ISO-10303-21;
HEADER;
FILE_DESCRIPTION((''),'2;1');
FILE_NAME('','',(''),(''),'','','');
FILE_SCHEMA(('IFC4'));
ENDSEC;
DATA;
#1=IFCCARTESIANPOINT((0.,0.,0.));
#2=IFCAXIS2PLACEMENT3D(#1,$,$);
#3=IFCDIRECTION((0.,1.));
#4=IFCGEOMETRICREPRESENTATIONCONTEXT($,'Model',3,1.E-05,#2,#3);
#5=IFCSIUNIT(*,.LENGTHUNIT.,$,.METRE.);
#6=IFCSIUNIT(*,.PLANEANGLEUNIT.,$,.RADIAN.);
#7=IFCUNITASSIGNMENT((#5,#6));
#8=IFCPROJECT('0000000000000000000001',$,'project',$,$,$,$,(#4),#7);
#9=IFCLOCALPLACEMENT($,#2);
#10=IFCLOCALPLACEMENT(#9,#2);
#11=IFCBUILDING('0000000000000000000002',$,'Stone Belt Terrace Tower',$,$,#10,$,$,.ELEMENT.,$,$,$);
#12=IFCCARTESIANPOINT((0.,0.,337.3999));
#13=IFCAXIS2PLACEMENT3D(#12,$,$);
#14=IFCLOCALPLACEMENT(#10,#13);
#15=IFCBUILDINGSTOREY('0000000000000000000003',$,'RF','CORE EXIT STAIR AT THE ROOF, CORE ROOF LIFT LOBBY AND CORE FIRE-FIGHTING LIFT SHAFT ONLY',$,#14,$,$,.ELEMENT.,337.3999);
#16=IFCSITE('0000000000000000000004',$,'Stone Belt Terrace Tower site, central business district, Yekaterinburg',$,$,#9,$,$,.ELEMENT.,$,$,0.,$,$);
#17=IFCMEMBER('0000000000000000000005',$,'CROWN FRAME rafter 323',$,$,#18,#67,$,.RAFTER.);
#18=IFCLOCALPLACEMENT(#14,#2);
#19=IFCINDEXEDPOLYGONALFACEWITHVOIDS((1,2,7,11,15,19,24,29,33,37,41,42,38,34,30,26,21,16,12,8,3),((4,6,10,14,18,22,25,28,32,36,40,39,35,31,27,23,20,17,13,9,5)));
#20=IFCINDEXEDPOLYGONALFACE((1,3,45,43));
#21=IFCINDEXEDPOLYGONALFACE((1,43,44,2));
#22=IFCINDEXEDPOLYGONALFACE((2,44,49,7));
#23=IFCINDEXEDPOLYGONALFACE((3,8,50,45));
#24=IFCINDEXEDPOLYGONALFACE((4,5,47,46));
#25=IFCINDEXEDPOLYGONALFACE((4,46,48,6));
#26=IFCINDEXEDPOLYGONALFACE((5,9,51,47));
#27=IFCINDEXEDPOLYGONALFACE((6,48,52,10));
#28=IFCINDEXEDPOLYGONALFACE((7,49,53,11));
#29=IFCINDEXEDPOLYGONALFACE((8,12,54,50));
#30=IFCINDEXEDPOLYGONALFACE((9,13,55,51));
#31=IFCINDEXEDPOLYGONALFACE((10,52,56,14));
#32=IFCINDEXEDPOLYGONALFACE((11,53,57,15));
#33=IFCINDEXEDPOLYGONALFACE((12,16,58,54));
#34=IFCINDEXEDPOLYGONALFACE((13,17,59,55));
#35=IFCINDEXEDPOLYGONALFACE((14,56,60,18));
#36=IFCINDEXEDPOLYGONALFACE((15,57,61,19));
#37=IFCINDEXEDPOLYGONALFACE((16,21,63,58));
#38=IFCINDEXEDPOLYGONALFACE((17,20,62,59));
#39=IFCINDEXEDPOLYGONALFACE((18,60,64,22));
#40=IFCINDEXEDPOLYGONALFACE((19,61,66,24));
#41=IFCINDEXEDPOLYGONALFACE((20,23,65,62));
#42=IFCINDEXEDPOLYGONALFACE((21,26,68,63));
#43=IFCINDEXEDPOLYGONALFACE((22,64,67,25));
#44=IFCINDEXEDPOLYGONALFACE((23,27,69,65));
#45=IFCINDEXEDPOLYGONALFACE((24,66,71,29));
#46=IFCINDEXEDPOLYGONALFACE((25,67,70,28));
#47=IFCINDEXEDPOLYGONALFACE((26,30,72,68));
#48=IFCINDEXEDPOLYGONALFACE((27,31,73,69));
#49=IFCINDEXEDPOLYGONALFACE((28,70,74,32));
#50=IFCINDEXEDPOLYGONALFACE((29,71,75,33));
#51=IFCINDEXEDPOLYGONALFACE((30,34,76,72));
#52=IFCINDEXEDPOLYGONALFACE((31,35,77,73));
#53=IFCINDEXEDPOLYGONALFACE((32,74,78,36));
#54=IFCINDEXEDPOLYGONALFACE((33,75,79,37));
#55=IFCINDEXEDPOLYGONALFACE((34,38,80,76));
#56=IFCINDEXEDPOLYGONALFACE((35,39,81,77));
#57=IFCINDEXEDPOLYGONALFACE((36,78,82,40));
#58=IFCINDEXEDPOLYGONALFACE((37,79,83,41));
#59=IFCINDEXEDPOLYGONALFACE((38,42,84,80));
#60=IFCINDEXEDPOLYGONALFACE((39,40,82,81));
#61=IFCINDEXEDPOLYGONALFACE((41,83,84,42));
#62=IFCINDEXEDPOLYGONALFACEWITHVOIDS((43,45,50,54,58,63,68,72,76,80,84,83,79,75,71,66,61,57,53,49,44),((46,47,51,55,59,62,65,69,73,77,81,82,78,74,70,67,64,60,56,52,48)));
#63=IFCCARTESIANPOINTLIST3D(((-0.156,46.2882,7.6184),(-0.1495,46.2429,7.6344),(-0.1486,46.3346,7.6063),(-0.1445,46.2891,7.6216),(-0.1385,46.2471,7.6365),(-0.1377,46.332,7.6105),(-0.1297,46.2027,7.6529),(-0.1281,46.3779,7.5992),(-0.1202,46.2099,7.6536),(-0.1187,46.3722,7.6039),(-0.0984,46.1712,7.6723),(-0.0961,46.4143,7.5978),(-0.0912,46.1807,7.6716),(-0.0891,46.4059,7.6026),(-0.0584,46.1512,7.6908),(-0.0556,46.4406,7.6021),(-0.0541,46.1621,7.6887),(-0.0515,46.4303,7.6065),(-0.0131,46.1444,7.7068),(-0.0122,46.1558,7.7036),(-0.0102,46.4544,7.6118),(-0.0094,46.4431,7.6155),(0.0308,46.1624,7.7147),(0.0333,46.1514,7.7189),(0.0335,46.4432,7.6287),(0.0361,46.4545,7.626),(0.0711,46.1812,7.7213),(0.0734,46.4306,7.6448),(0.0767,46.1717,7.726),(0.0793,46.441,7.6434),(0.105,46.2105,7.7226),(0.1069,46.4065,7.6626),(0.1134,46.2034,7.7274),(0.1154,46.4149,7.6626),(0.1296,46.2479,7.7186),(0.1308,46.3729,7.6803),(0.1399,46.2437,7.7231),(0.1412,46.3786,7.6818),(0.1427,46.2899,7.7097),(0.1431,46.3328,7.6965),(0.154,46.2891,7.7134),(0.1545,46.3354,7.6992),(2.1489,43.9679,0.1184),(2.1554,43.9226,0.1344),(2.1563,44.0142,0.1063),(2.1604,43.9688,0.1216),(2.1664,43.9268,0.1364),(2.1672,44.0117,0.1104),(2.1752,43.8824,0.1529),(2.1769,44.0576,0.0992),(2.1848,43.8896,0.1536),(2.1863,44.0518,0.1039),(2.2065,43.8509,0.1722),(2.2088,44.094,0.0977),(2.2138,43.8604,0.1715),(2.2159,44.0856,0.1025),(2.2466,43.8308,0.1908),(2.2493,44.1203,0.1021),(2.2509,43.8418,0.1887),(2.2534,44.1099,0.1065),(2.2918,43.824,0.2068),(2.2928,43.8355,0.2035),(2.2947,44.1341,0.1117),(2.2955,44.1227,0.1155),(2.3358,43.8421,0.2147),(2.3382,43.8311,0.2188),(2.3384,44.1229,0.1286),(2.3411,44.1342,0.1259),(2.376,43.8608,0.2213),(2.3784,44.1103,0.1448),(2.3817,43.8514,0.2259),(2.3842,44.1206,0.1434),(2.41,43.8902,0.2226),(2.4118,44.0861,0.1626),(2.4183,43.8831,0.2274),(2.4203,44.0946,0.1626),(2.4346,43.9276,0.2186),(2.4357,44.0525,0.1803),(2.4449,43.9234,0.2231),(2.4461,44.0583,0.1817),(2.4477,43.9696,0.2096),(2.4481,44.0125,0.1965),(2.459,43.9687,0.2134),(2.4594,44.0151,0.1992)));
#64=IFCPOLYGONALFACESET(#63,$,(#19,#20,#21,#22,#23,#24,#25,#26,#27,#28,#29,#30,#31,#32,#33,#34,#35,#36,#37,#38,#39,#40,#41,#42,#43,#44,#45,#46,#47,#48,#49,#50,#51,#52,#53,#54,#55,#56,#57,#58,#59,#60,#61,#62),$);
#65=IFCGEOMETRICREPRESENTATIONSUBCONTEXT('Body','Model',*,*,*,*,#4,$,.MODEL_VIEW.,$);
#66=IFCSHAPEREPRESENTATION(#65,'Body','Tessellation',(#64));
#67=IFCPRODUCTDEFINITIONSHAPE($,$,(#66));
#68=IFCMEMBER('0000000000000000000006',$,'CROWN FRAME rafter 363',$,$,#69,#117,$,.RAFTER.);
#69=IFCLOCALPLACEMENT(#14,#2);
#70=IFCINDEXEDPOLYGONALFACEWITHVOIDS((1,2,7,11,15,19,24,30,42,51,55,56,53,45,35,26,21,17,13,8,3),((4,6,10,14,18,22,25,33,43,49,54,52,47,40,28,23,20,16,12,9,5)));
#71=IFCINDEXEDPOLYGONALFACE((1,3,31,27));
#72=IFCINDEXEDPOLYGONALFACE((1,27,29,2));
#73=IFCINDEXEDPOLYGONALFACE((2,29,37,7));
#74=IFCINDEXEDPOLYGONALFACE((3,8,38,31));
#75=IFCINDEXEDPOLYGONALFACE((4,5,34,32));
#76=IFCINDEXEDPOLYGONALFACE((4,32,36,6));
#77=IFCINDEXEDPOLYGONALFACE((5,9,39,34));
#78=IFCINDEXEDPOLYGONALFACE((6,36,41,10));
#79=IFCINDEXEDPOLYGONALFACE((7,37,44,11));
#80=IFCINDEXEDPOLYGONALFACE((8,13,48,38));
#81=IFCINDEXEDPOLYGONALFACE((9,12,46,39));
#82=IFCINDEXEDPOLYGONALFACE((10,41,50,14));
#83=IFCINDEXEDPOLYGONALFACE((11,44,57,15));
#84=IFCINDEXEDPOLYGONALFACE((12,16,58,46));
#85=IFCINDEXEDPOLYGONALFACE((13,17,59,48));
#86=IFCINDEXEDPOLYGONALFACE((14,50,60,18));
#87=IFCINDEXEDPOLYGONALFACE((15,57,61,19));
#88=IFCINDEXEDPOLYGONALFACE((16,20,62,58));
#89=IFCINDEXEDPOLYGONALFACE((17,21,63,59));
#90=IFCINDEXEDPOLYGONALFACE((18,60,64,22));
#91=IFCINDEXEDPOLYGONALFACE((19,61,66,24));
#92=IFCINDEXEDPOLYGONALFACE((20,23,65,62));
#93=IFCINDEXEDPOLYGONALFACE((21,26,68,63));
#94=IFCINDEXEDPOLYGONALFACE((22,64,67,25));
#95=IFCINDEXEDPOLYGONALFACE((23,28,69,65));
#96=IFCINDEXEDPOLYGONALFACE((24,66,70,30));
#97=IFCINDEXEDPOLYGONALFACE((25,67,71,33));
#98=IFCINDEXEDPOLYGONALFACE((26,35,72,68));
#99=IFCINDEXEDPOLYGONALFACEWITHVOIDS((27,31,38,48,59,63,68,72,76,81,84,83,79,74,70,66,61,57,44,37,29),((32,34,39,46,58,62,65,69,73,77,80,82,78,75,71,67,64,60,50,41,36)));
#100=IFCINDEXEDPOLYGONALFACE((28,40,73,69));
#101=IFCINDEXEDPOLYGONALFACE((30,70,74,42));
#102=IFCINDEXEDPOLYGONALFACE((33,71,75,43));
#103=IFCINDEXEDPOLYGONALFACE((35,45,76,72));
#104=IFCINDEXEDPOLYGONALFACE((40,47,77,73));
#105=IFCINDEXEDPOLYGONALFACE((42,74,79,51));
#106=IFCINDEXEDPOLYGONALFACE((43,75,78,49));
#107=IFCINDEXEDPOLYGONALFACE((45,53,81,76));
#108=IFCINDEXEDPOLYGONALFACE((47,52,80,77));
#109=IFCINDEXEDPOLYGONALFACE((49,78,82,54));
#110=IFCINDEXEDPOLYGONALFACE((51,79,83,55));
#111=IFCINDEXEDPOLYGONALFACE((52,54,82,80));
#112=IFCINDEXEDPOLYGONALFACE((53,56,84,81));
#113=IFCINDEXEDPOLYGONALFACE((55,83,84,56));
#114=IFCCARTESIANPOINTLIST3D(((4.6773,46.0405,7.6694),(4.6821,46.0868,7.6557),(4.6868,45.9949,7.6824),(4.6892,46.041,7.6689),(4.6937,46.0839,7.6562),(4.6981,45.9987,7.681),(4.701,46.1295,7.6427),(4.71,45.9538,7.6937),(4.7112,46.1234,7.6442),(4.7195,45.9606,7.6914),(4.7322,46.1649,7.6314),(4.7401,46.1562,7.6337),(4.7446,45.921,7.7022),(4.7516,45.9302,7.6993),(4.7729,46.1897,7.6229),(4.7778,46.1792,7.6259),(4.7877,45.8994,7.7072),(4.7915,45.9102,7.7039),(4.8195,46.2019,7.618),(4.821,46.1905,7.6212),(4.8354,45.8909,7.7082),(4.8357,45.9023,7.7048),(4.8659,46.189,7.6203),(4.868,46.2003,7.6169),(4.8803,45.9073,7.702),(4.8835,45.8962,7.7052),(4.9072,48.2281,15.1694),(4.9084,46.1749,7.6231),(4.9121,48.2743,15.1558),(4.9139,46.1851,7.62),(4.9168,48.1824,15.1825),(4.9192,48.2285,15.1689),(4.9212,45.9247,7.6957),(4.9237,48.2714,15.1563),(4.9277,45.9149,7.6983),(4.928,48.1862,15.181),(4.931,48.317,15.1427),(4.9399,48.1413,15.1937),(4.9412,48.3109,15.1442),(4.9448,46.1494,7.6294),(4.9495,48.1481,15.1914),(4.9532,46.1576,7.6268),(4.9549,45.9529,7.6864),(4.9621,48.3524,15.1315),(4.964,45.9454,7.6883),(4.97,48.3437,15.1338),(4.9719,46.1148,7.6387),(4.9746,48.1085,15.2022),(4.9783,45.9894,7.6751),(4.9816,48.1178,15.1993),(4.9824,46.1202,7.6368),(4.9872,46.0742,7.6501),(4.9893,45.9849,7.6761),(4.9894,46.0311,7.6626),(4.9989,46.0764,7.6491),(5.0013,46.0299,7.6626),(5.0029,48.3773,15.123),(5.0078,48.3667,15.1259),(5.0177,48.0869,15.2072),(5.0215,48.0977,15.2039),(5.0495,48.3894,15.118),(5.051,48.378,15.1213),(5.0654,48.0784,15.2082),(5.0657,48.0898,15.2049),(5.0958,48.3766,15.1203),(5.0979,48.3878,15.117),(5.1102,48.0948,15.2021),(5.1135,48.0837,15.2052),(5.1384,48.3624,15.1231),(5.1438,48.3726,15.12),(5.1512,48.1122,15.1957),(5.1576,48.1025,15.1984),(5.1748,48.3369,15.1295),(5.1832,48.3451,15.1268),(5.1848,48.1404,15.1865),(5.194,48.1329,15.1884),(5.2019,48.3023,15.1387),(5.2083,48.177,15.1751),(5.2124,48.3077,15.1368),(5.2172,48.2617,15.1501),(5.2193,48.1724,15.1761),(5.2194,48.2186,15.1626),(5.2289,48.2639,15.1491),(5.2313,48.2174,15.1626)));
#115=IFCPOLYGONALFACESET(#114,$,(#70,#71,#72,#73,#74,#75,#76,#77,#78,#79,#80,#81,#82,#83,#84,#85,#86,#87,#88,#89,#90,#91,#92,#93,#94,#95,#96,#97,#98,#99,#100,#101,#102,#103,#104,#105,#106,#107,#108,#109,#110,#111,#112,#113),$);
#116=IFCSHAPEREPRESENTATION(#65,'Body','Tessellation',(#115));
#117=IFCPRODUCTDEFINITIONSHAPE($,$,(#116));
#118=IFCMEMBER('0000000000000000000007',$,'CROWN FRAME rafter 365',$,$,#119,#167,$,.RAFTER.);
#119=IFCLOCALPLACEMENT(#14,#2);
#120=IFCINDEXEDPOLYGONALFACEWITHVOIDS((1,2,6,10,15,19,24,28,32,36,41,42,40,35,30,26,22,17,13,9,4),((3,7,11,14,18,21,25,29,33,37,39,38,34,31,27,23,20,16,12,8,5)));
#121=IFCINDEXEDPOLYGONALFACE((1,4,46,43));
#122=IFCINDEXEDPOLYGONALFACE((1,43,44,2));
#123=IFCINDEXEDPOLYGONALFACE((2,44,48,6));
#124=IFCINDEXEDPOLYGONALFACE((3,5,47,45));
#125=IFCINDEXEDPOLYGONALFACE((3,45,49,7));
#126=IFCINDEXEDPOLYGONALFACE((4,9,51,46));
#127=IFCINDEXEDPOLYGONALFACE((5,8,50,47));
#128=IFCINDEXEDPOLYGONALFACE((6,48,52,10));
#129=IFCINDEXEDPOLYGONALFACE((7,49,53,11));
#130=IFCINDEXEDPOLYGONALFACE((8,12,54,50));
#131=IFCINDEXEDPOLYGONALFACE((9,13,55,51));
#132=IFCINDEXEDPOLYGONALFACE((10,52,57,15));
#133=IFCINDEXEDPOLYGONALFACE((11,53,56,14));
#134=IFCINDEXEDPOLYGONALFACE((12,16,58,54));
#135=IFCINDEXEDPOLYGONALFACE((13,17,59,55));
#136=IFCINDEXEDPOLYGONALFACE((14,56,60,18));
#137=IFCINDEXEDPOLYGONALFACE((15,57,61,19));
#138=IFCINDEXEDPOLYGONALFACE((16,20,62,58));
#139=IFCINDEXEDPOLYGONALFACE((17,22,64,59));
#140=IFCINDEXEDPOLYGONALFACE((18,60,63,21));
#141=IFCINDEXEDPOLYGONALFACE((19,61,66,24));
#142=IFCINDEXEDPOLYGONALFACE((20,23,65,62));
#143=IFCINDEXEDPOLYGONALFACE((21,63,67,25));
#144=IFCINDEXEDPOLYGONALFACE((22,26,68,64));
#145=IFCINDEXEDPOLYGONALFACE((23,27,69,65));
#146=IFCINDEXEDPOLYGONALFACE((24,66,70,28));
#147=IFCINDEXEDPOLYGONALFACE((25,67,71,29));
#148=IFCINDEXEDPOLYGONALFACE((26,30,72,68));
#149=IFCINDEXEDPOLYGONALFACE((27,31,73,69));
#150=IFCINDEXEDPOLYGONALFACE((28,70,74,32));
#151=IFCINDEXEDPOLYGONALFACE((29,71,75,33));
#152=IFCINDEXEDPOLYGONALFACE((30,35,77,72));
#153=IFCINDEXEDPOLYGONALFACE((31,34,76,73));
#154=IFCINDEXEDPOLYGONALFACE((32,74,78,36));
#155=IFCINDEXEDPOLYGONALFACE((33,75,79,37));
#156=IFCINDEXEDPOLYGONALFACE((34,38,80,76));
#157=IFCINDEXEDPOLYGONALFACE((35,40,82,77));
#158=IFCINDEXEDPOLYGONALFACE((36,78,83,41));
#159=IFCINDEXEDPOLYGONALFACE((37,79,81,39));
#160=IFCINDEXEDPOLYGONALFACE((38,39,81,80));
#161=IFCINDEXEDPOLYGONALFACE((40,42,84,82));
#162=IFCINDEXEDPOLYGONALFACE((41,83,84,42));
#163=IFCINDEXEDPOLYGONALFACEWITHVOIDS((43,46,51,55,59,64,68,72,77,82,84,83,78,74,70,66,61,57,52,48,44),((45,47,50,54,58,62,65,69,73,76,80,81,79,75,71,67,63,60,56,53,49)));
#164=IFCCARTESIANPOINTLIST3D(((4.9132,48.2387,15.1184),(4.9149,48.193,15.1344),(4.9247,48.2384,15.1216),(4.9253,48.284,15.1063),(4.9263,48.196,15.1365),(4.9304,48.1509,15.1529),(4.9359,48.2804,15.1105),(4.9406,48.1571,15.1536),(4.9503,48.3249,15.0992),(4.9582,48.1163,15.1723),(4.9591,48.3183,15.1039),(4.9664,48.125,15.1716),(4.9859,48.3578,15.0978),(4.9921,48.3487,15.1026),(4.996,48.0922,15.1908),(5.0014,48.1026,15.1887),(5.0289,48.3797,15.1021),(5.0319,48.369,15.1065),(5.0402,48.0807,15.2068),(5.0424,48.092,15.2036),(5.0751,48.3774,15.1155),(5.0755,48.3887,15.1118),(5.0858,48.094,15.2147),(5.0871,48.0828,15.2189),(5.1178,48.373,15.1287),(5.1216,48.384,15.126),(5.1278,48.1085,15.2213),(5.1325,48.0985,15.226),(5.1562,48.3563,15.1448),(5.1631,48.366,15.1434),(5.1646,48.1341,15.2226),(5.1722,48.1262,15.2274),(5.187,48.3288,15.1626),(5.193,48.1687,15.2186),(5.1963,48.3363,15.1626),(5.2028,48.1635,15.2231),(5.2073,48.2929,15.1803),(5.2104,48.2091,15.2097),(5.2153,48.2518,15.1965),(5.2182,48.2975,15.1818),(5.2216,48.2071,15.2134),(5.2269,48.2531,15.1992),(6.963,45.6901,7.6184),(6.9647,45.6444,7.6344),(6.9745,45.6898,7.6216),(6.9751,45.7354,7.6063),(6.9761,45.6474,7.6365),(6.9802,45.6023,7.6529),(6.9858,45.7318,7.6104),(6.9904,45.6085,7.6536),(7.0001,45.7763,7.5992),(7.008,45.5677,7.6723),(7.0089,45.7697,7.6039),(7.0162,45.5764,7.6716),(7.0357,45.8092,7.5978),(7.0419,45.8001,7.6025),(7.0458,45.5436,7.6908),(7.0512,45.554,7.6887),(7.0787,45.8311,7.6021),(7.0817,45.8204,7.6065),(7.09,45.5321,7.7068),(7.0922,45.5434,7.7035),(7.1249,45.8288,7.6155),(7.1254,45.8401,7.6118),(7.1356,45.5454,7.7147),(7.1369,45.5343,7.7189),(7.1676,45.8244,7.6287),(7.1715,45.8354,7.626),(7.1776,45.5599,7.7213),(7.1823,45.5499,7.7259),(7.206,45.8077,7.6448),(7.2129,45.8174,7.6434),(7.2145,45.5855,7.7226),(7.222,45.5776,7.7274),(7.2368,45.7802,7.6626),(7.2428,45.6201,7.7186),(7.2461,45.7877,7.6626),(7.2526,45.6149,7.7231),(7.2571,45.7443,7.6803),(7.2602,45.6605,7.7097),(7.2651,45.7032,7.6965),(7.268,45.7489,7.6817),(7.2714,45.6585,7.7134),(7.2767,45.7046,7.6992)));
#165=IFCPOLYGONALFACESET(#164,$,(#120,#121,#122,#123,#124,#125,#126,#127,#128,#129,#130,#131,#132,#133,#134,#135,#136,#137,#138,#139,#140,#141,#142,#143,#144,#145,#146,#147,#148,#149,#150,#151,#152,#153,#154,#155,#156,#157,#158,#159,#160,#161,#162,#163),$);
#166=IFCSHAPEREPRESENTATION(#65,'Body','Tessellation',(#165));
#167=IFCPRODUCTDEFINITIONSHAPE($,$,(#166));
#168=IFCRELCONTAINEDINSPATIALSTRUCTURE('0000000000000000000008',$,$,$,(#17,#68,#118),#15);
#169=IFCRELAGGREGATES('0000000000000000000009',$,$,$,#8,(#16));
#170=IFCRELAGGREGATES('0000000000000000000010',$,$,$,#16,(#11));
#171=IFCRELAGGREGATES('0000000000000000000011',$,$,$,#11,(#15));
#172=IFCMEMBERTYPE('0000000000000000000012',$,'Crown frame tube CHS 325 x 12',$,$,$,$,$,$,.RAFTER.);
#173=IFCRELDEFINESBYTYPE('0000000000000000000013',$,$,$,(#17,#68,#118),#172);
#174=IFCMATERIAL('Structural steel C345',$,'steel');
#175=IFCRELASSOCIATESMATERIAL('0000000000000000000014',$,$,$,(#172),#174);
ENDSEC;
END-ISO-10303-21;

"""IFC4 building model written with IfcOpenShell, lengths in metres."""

from ifc_helpers import new_model, si_unit, direction, frame, origin, origin_2d, place, context, subcontext, project, spatial, hollow_circle, extrude, material, material_profile, profile_set, type_object, element, save


model = new_model("IFC4")

# Units and contexts
model_context = context("Model", 3, precision=1e-05, world=origin(), true_north=direction((0.0, 1.0)))
body_context = subcontext(model_context, "Body", "Model", "MODEL_VIEW")
ifc_project = project(units=[si_unit("LENGTHUNIT", "METRE"), si_unit("PLANEANGLEUNIT", "RADIAN")], contexts=[model_context])

# Site, building, storey
site_placement = place(None, origin())
site = spatial("IfcSite", under=ifc_project, at=site_placement, Name="Stone Belt Terrace Tower site, central business district, Yekaterinburg", CompositionType="ELEMENT", RefElevation=0.0)
building_placement = place(site_placement, origin())
building = spatial("IfcBuilding", under=site, at=building_placement, Name="Stone Belt Terrace Tower", CompositionType="ELEMENT")
storey_placement = place(building_placement, frame((0.0, 0.0, 337.3999)))
storey = spatial("IfcBuildingStorey", under=building, at=storey_placement, Name="RF", Description="CORE EXIT STAIR AT THE ROOF, CORE ROOF LIFT LOBBY AND CORE FIRE-FIGHTING LIFT SHAFT ONLY", CompositionType="ELEMENT", Elevation=337.3999)

# Members
ifc_material_1 = material(Name="Structural steel C345", Category="steel")
ifc_material_profile_1 = material_profile(ifc_material_1, hollow_circle(Radius=0.1626, WallThickness=0.012, at=origin_2d()), Name="Structural steel C345 CHS 325x12")
ifc_profile_set_1 = profile_set([ifc_material_profile_1], Name="Structural steel C345")
member_type_1 = type_object("IfcMemberType", Name="Crown frame tube CHS 325 x 12", PredefinedType="RAFTER", material=ifc_profile_set_1)
member_1_placement = place(storey_placement, frame((0.0, 46.3003, 7.6626), z_axis=(0.281705, -0.283584, -0.916636), x_axis=(0.709454, 0.704751, 0.0)))
element("IfcMember", 1, at=member_1_placement, inside=storey, type_object=member_type_1, Name="CROWN FRAME rafter 323", PredefinedType="RAFTER", context=body_context, shape_type="SweptSolid", body=[
    extrude(hollow_circle(Radius=0.1626, WallThickness=0.012, at=origin_2d()), origin(), (0.0, 0.0, 1.0), 8.1821),
])
member_2_placement = place(storey_placement, frame((5.0696, 48.2344, 15.1626), z_axis=(-0.029425, -0.279879, -0.959584), x_axis=(0.994519, -0.104558, 0.0)))
element("IfcMember", 2, at=member_2_placement, inside=storey, type_object=member_type_1, Name="CROWN FRAME rafter 363", PredefinedType="RAFTER", context=body_context, shape_type="SweptSolid", body=[
    extrude(hollow_circle(Radius=0.1626, WallThickness=0.012, at=origin_2d()), origin(), (0.0, 0.0, 1.0), 7.8159),
])
member_3_placement = place(storey_placement, frame((5.0696, 48.2344, 15.1626), z_axis=(0.250523, -0.311482, -0.916634), x_axis=(0.779235, 0.626732, 0.0)))
element("IfcMember", 3, at=member_3_placement, inside=storey, type_object=member_type_1, Name="CROWN FRAME rafter 365", PredefinedType="RAFTER", context=body_context, shape_type="SweptSolid", body=[
    extrude(hollow_circle(Radius=0.1626, WallThickness=0.012, at=origin_2d()), origin(), (0.0, 0.0, 1.0), 8.1821),
])

save(model, "model.ifc")
